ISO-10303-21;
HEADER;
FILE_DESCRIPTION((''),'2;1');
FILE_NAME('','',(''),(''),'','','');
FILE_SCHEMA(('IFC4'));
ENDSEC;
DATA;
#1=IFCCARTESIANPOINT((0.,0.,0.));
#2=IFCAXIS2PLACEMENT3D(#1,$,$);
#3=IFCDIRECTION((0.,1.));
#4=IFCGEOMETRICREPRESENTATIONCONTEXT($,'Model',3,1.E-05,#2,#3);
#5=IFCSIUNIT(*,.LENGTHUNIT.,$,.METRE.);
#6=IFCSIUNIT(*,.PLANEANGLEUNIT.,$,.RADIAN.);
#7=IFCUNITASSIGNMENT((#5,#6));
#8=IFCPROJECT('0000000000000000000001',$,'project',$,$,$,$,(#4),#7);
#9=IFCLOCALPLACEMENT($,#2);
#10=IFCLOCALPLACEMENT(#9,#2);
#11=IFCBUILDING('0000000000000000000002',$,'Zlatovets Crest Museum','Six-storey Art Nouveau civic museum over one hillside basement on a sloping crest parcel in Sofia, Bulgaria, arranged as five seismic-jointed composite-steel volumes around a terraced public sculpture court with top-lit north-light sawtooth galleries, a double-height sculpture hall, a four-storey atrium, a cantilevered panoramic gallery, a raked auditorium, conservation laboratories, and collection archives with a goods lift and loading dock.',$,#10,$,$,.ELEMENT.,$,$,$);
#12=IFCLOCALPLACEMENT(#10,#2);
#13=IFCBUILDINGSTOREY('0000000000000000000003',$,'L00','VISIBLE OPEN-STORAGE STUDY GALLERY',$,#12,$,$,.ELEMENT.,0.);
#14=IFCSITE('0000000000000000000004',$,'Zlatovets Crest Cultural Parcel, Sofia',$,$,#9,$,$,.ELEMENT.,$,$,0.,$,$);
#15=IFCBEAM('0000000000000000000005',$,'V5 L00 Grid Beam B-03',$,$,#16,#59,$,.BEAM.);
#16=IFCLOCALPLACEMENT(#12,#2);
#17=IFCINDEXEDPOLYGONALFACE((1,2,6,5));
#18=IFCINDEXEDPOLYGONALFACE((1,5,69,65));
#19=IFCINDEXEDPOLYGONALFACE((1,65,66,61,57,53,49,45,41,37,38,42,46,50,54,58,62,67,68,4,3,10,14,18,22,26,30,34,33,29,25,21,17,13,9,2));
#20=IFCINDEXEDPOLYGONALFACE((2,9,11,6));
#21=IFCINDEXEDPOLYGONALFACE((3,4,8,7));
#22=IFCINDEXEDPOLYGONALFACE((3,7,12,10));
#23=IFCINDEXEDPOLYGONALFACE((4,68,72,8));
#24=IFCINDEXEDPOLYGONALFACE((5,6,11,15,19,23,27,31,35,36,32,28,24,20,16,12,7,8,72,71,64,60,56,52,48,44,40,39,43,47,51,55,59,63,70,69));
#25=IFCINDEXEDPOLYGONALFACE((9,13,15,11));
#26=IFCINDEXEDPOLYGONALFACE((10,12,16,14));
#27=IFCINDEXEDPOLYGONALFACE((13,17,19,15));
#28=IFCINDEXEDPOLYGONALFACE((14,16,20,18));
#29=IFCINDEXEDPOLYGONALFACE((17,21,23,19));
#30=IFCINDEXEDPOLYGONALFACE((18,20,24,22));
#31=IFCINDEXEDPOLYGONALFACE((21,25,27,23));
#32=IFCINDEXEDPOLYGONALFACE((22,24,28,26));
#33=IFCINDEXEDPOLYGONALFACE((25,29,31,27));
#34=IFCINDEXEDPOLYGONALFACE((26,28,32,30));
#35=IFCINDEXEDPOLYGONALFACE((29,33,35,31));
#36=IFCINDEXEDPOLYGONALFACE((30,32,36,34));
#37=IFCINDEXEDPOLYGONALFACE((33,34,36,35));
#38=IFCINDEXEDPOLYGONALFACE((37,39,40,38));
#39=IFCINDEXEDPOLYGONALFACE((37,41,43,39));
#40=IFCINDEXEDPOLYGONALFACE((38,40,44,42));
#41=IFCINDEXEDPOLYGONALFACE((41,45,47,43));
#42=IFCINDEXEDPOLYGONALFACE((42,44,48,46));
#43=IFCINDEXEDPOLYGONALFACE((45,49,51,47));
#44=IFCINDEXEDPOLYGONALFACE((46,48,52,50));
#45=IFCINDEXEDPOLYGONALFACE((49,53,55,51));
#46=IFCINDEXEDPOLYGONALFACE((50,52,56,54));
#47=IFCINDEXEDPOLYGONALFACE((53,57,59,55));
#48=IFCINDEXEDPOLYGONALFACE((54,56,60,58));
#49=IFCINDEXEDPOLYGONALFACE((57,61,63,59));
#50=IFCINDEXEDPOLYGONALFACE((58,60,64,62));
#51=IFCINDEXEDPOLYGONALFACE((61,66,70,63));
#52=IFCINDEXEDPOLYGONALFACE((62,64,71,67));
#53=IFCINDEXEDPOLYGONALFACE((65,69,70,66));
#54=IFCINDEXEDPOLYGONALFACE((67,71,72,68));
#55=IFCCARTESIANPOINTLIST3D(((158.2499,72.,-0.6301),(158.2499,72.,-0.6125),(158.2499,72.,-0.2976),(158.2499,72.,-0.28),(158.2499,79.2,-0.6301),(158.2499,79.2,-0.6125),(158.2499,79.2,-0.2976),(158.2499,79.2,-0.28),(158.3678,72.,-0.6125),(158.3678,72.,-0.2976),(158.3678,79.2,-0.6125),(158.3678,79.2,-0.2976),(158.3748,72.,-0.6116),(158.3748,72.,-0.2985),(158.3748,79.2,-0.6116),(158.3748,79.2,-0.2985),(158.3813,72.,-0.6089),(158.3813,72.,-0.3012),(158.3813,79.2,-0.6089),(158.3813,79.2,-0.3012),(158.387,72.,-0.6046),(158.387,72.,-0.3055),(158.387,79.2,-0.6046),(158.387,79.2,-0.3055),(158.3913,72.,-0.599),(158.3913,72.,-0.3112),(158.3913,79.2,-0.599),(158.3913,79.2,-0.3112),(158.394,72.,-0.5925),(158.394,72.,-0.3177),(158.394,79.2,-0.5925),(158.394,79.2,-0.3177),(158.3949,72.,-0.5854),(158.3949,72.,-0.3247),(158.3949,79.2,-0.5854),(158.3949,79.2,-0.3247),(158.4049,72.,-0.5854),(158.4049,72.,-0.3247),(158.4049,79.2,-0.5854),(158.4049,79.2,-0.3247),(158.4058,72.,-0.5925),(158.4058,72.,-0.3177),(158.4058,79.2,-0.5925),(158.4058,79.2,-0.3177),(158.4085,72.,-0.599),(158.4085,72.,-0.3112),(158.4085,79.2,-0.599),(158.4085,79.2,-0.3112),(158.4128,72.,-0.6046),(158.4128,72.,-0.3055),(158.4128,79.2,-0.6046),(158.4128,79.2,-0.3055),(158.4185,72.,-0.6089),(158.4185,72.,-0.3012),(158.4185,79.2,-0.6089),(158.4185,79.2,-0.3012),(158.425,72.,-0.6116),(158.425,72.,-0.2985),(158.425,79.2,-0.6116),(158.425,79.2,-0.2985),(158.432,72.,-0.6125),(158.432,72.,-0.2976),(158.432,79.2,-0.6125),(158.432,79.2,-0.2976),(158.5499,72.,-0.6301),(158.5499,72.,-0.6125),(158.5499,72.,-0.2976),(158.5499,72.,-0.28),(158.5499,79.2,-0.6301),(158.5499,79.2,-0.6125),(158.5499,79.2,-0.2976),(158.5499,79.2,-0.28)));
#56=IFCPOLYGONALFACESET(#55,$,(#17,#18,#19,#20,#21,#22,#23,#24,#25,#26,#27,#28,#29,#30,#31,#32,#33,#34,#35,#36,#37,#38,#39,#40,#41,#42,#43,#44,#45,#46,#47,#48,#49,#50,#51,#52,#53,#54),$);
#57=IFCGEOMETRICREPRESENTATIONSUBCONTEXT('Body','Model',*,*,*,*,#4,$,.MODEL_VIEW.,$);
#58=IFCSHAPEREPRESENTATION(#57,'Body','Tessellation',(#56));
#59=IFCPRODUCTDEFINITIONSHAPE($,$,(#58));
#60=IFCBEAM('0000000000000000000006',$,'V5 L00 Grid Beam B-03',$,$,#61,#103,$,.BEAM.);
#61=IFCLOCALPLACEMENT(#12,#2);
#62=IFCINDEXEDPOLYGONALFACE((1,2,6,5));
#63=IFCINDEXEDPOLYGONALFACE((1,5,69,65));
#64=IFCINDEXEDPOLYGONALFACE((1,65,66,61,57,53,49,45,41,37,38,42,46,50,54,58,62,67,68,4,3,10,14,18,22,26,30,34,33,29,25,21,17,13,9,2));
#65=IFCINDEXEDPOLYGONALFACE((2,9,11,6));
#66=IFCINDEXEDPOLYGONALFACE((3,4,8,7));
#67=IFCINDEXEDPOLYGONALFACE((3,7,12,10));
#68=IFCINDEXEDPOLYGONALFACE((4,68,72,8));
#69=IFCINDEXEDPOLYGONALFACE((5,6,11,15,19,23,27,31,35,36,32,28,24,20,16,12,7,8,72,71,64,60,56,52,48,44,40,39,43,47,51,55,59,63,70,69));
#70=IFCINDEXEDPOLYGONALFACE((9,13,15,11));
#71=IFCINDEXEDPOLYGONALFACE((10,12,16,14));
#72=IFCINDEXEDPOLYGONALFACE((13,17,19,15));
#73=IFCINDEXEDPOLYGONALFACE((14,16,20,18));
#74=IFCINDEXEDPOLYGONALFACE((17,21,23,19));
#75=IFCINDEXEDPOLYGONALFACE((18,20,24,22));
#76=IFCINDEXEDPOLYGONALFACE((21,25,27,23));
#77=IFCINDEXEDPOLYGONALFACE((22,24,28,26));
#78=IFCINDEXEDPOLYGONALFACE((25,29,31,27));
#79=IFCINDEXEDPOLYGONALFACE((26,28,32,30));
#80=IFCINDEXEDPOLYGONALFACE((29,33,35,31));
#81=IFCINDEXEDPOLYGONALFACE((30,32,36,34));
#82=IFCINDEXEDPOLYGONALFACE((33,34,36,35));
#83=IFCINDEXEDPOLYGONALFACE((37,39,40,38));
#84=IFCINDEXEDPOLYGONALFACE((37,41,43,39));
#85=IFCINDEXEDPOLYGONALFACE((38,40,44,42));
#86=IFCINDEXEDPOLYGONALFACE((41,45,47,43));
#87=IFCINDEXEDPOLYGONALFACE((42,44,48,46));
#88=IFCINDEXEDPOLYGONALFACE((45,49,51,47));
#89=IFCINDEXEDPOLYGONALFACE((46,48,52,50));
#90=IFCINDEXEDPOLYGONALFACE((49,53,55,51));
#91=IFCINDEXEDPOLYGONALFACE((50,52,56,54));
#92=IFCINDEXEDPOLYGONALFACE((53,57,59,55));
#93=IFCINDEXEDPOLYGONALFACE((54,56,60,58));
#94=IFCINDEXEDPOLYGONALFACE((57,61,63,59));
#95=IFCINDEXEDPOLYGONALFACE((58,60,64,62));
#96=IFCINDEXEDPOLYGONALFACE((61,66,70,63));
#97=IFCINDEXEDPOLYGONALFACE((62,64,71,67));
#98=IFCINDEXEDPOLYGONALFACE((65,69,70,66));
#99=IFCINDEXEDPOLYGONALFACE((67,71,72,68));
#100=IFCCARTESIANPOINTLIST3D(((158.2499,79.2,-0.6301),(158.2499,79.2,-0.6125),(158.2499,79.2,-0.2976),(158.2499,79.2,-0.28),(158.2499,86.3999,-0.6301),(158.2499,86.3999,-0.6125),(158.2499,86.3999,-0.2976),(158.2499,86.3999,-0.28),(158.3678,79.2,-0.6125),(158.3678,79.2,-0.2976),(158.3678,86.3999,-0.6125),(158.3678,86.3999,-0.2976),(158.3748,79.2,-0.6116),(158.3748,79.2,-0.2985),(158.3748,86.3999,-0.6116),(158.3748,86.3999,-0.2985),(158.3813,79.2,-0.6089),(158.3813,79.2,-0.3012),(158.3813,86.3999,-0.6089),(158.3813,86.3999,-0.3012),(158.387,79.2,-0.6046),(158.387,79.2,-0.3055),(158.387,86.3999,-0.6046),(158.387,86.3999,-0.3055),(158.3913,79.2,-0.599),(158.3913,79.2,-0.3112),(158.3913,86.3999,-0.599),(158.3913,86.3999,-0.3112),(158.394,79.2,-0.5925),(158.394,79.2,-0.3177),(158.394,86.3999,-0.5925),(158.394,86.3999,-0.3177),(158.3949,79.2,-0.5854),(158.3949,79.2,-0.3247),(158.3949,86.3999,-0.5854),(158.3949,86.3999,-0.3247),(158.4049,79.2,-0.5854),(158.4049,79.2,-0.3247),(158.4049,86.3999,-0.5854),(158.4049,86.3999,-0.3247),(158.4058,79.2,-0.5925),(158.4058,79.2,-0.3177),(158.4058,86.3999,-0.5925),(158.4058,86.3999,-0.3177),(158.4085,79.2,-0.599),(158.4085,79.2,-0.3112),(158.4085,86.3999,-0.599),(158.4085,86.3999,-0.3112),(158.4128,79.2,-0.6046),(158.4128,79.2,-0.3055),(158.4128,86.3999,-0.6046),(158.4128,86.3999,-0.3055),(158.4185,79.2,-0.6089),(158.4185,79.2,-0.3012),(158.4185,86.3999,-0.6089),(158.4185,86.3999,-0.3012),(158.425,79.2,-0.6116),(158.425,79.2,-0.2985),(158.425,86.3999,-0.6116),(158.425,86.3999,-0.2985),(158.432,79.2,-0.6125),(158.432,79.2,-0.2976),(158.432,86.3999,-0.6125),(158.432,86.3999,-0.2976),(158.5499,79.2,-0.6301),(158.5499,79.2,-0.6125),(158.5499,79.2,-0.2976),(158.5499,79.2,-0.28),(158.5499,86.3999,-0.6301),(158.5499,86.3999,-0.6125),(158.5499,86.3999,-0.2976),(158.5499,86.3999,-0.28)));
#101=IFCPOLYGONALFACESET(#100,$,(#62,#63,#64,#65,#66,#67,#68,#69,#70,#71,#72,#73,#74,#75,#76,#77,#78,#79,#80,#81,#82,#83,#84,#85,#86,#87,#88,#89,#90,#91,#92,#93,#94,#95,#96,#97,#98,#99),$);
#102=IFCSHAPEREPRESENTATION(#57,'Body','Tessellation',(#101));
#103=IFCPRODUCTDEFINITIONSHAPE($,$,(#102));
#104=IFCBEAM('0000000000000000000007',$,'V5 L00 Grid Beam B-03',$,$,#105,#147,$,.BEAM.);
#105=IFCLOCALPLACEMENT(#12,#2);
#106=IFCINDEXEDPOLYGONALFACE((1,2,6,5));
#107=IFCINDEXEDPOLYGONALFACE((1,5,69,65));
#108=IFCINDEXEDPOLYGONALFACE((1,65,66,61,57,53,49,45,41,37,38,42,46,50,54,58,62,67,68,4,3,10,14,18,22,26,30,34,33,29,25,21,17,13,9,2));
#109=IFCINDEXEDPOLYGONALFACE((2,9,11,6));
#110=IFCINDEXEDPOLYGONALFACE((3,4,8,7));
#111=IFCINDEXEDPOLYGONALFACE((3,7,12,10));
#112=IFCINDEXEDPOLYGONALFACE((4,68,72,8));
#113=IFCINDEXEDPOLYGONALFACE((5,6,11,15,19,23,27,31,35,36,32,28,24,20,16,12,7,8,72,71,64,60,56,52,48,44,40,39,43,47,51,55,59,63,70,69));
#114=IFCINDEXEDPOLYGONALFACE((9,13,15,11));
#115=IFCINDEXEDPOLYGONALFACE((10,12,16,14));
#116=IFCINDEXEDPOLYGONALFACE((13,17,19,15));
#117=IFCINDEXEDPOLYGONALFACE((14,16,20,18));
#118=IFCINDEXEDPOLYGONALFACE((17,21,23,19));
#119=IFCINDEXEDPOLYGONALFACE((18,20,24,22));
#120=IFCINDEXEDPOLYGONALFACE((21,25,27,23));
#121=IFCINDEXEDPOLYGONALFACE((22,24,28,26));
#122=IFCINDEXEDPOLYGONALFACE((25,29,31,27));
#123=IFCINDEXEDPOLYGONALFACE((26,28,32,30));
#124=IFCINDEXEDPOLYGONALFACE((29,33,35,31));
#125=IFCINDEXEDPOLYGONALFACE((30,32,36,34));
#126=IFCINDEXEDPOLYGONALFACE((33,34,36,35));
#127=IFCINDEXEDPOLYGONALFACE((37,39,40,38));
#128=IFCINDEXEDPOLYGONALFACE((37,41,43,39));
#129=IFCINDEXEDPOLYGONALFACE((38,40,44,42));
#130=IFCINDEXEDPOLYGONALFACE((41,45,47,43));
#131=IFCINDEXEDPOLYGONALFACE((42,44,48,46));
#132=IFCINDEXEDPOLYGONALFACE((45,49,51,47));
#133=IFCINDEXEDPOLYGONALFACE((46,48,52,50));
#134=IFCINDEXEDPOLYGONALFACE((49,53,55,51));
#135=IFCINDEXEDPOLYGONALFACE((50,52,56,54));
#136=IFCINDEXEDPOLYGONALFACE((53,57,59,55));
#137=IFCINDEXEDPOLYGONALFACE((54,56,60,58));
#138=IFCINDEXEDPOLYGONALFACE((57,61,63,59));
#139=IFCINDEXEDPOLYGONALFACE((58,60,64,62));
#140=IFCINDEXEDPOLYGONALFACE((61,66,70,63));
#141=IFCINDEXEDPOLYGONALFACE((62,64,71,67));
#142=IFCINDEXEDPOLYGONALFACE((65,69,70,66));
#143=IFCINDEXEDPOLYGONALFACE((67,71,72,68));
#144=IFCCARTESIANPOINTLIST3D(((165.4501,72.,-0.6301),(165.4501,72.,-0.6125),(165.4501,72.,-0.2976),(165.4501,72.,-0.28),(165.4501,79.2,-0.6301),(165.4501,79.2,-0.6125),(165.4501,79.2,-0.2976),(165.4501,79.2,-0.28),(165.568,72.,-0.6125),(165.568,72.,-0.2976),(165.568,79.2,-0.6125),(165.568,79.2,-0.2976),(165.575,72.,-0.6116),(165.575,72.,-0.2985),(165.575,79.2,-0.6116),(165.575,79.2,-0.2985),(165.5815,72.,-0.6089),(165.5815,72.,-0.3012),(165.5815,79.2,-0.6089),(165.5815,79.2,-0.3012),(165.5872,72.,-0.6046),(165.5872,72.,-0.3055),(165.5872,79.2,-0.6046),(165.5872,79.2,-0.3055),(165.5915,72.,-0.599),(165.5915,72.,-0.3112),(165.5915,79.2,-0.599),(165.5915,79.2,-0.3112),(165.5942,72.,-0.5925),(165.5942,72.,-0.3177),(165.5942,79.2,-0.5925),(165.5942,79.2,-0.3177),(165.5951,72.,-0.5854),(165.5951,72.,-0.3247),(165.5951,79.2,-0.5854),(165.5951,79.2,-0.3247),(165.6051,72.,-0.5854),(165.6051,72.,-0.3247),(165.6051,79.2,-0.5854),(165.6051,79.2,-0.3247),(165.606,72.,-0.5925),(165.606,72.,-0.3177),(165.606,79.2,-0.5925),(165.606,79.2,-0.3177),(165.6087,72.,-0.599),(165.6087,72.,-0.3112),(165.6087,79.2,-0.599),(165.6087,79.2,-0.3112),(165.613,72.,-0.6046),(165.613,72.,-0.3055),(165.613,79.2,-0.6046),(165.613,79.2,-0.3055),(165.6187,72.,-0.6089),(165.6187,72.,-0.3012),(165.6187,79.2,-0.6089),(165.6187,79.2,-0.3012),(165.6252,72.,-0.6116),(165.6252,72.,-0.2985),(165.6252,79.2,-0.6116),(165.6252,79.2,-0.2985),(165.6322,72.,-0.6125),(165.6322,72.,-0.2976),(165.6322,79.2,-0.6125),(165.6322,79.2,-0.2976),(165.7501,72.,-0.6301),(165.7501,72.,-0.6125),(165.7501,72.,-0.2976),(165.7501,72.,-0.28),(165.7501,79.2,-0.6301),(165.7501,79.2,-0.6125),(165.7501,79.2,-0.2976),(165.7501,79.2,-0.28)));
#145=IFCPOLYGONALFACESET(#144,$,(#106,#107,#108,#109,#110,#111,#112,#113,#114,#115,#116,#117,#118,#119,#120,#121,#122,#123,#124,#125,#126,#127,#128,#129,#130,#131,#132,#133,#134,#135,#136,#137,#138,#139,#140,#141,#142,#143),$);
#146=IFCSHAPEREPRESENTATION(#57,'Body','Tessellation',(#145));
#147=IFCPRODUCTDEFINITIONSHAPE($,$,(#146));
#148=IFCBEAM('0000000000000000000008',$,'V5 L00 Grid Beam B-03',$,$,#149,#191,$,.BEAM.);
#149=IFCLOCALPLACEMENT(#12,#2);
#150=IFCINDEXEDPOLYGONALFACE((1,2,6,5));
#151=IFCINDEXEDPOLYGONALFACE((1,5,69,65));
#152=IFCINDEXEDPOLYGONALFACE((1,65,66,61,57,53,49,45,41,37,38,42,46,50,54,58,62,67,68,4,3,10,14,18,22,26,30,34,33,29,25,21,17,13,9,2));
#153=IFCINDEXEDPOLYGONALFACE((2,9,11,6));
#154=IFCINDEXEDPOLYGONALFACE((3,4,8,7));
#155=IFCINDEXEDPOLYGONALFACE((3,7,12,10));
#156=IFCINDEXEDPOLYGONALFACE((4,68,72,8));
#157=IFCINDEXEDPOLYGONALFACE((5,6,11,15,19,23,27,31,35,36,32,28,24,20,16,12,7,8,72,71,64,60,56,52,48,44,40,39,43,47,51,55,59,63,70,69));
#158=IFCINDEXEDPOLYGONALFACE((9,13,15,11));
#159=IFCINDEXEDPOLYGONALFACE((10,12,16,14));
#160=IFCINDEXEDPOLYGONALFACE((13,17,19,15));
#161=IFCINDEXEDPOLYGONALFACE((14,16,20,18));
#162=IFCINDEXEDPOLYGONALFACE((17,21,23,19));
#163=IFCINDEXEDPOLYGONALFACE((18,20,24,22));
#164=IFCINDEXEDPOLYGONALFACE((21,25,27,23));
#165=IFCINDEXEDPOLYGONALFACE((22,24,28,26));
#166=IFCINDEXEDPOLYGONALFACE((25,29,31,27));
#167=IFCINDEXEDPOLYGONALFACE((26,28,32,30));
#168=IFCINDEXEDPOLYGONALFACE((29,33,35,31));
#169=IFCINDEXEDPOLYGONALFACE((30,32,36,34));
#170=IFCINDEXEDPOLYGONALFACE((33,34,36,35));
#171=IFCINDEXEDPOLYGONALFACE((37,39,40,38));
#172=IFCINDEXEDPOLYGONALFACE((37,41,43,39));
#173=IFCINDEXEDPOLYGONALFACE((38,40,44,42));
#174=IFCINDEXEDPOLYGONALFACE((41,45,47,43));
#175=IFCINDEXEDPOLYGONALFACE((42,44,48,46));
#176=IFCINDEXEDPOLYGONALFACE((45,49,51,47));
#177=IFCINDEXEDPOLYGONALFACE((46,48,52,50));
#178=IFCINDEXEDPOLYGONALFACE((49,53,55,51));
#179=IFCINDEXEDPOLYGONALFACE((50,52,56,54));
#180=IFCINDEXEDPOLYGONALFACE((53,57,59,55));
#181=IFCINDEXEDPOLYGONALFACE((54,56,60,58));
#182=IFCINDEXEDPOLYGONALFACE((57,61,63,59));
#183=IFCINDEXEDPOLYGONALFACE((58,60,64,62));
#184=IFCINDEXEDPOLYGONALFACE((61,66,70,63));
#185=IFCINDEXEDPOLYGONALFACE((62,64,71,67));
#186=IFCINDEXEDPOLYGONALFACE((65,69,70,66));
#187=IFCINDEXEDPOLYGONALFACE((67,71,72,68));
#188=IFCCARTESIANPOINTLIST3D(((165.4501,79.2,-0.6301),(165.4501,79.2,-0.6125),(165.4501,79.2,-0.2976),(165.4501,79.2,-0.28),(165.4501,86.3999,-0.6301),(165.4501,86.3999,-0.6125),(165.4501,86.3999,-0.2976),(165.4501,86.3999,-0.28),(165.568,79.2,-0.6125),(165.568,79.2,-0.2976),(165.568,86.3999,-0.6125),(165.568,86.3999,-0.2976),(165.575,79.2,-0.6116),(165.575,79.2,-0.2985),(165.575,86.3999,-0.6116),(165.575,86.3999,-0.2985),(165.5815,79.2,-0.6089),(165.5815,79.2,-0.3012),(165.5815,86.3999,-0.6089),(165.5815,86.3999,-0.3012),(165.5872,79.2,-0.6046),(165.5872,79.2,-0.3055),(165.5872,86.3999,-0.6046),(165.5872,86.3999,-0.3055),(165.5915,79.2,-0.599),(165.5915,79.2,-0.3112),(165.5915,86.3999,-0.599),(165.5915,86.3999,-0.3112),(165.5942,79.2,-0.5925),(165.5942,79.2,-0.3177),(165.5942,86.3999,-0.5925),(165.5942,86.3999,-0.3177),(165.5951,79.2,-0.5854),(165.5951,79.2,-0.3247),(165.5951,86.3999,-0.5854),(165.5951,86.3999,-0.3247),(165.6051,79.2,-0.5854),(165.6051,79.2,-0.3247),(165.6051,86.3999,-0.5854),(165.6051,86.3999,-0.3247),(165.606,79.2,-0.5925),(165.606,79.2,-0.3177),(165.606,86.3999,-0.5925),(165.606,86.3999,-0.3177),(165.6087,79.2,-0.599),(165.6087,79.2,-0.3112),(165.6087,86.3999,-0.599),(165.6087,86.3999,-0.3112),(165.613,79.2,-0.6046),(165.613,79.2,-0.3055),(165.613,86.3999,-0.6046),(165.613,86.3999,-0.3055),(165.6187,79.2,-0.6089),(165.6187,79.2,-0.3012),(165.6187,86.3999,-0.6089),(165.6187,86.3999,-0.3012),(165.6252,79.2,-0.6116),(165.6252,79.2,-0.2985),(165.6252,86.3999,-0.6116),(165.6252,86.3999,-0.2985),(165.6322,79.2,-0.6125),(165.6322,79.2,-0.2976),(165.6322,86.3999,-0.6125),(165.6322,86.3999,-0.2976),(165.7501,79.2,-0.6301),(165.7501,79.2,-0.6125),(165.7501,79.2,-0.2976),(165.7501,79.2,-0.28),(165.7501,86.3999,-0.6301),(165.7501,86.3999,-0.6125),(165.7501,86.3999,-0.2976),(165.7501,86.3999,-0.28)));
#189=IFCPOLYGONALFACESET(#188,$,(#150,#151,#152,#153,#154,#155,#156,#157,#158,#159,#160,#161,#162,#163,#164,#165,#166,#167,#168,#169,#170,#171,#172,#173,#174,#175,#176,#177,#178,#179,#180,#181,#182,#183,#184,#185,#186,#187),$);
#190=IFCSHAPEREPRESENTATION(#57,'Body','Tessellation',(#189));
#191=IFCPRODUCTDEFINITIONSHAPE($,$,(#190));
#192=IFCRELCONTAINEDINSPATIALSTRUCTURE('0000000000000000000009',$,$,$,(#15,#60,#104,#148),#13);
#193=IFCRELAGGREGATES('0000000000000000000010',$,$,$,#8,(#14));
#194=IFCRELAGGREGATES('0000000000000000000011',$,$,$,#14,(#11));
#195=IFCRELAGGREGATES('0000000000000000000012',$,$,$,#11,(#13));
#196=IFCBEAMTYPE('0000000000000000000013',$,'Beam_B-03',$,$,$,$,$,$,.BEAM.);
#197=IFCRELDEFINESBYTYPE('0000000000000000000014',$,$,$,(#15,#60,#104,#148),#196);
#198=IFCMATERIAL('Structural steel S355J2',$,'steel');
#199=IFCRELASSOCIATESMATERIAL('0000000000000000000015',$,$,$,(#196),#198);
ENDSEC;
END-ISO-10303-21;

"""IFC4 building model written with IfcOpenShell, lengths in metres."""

from ifc_helpers import new_model, si_unit, direction, frame, origin, origin_2d, place, context, subcontext, project, spatial, i_section, extrude, material, material_profile, profile_set, type_object, element, save


model = new_model("IFC4")

# Units and contexts
model_context = context("Model", 3, precision=1e-05, world=origin(), true_north=direction((0.0, 1.0)))
body_context = subcontext(model_context, "Body", "Model", "MODEL_VIEW")
ifc_project = project(units=[si_unit("LENGTHUNIT", "METRE"), si_unit("PLANEANGLEUNIT", "RADIAN")], contexts=[model_context])

# Site, building, storey
site_placement = place(None, origin())
site = spatial("IfcSite", under=ifc_project, at=site_placement, Name="Zlatovets Crest Cultural Parcel, Sofia", CompositionType="ELEMENT", RefElevation=0.0)
building_placement = place(site_placement, origin())
building = spatial("IfcBuilding", under=site, at=building_placement, Name="Zlatovets Crest Museum", Description="Six-storey Art Nouveau civic museum over one hillside basement on a sloping crest parcel in Sofia, Bulgaria, arranged as five seismic-jointed composite-steel volumes around a terraced public sculpture court with top-lit north-light sawtooth galleries, a double-height sculpture hall, a four-storey atrium, a cantilevered panoramic gallery, a raked auditorium, conservation laboratories, and collection archives with a goods lift and loading dock.", CompositionType="ELEMENT")
storey_placement = place(building_placement, origin())
storey = spatial("IfcBuildingStorey", under=building, at=storey_placement, Name="L00", Description="VISIBLE OPEN-STORAGE STUDY GALLERY", CompositionType="ELEMENT", Elevation=0.0)

# Shared definitions
ifc_material_1 = material(Name="Structural steel S355J2", Category="steel")

# Beams
ifc_material_profile_1 = material_profile(ifc_material_1, i_section(OverallWidth=0.3, OverallDepth=0.3501, WebThickness=0.01, FlangeThickness=0.0176, FilletRadius=0.0271, at=origin_2d()), Name="HEA 360")
ifc_profile_set_1 = profile_set([ifc_material_profile_1], Name="Structural steel S355J2")
beam_type_1 = type_object("IfcBeamType", Name="Beam_B-03", PredefinedType="BEAM", material=ifc_profile_set_1)
for number, where, z_axis, x_axis, name in (
    (1, (158.3999, 72.0, -0.4551), (0.0, 1.0, 0.0), (-1.0, 0.0, 0.0), "V5 L00 Grid Beam B-03"),
    (2, (158.3999, 79.2, -0.4551), (0.0, 1.0, 0.0), (-1.0, 0.0, 0.0), "V5 L00 Grid Beam B-03"),
    (3, (165.6001, 72.0, -0.4551), (0.0, 1.0, 0.0), (-1.0, 0.0, 0.0), "V5 L00 Grid Beam B-03"),
    (4, (165.6001, 79.2, -0.4551), (0.0, 1.0, 0.0), (-1.0, 0.0, 0.0), "V5 L00 Grid Beam B-03"),
):
    element("IfcBeam", number, at=place(storey_placement, frame(where, z_axis=z_axis, x_axis=x_axis)), inside=storey, type_object=beam_type_1, Name=name, PredefinedType="BEAM", context=body_context, shape_type="SweptSolid", body=[
        extrude(i_section(OverallWidth=0.3, OverallDepth=0.3501, WebThickness=0.01, FlangeThickness=0.0176, FilletRadius=0.0271, at=origin_2d()), origin(), (0.0, 0.0, 1.0), 7.2),
    ])

save(model, "model.ifc")
